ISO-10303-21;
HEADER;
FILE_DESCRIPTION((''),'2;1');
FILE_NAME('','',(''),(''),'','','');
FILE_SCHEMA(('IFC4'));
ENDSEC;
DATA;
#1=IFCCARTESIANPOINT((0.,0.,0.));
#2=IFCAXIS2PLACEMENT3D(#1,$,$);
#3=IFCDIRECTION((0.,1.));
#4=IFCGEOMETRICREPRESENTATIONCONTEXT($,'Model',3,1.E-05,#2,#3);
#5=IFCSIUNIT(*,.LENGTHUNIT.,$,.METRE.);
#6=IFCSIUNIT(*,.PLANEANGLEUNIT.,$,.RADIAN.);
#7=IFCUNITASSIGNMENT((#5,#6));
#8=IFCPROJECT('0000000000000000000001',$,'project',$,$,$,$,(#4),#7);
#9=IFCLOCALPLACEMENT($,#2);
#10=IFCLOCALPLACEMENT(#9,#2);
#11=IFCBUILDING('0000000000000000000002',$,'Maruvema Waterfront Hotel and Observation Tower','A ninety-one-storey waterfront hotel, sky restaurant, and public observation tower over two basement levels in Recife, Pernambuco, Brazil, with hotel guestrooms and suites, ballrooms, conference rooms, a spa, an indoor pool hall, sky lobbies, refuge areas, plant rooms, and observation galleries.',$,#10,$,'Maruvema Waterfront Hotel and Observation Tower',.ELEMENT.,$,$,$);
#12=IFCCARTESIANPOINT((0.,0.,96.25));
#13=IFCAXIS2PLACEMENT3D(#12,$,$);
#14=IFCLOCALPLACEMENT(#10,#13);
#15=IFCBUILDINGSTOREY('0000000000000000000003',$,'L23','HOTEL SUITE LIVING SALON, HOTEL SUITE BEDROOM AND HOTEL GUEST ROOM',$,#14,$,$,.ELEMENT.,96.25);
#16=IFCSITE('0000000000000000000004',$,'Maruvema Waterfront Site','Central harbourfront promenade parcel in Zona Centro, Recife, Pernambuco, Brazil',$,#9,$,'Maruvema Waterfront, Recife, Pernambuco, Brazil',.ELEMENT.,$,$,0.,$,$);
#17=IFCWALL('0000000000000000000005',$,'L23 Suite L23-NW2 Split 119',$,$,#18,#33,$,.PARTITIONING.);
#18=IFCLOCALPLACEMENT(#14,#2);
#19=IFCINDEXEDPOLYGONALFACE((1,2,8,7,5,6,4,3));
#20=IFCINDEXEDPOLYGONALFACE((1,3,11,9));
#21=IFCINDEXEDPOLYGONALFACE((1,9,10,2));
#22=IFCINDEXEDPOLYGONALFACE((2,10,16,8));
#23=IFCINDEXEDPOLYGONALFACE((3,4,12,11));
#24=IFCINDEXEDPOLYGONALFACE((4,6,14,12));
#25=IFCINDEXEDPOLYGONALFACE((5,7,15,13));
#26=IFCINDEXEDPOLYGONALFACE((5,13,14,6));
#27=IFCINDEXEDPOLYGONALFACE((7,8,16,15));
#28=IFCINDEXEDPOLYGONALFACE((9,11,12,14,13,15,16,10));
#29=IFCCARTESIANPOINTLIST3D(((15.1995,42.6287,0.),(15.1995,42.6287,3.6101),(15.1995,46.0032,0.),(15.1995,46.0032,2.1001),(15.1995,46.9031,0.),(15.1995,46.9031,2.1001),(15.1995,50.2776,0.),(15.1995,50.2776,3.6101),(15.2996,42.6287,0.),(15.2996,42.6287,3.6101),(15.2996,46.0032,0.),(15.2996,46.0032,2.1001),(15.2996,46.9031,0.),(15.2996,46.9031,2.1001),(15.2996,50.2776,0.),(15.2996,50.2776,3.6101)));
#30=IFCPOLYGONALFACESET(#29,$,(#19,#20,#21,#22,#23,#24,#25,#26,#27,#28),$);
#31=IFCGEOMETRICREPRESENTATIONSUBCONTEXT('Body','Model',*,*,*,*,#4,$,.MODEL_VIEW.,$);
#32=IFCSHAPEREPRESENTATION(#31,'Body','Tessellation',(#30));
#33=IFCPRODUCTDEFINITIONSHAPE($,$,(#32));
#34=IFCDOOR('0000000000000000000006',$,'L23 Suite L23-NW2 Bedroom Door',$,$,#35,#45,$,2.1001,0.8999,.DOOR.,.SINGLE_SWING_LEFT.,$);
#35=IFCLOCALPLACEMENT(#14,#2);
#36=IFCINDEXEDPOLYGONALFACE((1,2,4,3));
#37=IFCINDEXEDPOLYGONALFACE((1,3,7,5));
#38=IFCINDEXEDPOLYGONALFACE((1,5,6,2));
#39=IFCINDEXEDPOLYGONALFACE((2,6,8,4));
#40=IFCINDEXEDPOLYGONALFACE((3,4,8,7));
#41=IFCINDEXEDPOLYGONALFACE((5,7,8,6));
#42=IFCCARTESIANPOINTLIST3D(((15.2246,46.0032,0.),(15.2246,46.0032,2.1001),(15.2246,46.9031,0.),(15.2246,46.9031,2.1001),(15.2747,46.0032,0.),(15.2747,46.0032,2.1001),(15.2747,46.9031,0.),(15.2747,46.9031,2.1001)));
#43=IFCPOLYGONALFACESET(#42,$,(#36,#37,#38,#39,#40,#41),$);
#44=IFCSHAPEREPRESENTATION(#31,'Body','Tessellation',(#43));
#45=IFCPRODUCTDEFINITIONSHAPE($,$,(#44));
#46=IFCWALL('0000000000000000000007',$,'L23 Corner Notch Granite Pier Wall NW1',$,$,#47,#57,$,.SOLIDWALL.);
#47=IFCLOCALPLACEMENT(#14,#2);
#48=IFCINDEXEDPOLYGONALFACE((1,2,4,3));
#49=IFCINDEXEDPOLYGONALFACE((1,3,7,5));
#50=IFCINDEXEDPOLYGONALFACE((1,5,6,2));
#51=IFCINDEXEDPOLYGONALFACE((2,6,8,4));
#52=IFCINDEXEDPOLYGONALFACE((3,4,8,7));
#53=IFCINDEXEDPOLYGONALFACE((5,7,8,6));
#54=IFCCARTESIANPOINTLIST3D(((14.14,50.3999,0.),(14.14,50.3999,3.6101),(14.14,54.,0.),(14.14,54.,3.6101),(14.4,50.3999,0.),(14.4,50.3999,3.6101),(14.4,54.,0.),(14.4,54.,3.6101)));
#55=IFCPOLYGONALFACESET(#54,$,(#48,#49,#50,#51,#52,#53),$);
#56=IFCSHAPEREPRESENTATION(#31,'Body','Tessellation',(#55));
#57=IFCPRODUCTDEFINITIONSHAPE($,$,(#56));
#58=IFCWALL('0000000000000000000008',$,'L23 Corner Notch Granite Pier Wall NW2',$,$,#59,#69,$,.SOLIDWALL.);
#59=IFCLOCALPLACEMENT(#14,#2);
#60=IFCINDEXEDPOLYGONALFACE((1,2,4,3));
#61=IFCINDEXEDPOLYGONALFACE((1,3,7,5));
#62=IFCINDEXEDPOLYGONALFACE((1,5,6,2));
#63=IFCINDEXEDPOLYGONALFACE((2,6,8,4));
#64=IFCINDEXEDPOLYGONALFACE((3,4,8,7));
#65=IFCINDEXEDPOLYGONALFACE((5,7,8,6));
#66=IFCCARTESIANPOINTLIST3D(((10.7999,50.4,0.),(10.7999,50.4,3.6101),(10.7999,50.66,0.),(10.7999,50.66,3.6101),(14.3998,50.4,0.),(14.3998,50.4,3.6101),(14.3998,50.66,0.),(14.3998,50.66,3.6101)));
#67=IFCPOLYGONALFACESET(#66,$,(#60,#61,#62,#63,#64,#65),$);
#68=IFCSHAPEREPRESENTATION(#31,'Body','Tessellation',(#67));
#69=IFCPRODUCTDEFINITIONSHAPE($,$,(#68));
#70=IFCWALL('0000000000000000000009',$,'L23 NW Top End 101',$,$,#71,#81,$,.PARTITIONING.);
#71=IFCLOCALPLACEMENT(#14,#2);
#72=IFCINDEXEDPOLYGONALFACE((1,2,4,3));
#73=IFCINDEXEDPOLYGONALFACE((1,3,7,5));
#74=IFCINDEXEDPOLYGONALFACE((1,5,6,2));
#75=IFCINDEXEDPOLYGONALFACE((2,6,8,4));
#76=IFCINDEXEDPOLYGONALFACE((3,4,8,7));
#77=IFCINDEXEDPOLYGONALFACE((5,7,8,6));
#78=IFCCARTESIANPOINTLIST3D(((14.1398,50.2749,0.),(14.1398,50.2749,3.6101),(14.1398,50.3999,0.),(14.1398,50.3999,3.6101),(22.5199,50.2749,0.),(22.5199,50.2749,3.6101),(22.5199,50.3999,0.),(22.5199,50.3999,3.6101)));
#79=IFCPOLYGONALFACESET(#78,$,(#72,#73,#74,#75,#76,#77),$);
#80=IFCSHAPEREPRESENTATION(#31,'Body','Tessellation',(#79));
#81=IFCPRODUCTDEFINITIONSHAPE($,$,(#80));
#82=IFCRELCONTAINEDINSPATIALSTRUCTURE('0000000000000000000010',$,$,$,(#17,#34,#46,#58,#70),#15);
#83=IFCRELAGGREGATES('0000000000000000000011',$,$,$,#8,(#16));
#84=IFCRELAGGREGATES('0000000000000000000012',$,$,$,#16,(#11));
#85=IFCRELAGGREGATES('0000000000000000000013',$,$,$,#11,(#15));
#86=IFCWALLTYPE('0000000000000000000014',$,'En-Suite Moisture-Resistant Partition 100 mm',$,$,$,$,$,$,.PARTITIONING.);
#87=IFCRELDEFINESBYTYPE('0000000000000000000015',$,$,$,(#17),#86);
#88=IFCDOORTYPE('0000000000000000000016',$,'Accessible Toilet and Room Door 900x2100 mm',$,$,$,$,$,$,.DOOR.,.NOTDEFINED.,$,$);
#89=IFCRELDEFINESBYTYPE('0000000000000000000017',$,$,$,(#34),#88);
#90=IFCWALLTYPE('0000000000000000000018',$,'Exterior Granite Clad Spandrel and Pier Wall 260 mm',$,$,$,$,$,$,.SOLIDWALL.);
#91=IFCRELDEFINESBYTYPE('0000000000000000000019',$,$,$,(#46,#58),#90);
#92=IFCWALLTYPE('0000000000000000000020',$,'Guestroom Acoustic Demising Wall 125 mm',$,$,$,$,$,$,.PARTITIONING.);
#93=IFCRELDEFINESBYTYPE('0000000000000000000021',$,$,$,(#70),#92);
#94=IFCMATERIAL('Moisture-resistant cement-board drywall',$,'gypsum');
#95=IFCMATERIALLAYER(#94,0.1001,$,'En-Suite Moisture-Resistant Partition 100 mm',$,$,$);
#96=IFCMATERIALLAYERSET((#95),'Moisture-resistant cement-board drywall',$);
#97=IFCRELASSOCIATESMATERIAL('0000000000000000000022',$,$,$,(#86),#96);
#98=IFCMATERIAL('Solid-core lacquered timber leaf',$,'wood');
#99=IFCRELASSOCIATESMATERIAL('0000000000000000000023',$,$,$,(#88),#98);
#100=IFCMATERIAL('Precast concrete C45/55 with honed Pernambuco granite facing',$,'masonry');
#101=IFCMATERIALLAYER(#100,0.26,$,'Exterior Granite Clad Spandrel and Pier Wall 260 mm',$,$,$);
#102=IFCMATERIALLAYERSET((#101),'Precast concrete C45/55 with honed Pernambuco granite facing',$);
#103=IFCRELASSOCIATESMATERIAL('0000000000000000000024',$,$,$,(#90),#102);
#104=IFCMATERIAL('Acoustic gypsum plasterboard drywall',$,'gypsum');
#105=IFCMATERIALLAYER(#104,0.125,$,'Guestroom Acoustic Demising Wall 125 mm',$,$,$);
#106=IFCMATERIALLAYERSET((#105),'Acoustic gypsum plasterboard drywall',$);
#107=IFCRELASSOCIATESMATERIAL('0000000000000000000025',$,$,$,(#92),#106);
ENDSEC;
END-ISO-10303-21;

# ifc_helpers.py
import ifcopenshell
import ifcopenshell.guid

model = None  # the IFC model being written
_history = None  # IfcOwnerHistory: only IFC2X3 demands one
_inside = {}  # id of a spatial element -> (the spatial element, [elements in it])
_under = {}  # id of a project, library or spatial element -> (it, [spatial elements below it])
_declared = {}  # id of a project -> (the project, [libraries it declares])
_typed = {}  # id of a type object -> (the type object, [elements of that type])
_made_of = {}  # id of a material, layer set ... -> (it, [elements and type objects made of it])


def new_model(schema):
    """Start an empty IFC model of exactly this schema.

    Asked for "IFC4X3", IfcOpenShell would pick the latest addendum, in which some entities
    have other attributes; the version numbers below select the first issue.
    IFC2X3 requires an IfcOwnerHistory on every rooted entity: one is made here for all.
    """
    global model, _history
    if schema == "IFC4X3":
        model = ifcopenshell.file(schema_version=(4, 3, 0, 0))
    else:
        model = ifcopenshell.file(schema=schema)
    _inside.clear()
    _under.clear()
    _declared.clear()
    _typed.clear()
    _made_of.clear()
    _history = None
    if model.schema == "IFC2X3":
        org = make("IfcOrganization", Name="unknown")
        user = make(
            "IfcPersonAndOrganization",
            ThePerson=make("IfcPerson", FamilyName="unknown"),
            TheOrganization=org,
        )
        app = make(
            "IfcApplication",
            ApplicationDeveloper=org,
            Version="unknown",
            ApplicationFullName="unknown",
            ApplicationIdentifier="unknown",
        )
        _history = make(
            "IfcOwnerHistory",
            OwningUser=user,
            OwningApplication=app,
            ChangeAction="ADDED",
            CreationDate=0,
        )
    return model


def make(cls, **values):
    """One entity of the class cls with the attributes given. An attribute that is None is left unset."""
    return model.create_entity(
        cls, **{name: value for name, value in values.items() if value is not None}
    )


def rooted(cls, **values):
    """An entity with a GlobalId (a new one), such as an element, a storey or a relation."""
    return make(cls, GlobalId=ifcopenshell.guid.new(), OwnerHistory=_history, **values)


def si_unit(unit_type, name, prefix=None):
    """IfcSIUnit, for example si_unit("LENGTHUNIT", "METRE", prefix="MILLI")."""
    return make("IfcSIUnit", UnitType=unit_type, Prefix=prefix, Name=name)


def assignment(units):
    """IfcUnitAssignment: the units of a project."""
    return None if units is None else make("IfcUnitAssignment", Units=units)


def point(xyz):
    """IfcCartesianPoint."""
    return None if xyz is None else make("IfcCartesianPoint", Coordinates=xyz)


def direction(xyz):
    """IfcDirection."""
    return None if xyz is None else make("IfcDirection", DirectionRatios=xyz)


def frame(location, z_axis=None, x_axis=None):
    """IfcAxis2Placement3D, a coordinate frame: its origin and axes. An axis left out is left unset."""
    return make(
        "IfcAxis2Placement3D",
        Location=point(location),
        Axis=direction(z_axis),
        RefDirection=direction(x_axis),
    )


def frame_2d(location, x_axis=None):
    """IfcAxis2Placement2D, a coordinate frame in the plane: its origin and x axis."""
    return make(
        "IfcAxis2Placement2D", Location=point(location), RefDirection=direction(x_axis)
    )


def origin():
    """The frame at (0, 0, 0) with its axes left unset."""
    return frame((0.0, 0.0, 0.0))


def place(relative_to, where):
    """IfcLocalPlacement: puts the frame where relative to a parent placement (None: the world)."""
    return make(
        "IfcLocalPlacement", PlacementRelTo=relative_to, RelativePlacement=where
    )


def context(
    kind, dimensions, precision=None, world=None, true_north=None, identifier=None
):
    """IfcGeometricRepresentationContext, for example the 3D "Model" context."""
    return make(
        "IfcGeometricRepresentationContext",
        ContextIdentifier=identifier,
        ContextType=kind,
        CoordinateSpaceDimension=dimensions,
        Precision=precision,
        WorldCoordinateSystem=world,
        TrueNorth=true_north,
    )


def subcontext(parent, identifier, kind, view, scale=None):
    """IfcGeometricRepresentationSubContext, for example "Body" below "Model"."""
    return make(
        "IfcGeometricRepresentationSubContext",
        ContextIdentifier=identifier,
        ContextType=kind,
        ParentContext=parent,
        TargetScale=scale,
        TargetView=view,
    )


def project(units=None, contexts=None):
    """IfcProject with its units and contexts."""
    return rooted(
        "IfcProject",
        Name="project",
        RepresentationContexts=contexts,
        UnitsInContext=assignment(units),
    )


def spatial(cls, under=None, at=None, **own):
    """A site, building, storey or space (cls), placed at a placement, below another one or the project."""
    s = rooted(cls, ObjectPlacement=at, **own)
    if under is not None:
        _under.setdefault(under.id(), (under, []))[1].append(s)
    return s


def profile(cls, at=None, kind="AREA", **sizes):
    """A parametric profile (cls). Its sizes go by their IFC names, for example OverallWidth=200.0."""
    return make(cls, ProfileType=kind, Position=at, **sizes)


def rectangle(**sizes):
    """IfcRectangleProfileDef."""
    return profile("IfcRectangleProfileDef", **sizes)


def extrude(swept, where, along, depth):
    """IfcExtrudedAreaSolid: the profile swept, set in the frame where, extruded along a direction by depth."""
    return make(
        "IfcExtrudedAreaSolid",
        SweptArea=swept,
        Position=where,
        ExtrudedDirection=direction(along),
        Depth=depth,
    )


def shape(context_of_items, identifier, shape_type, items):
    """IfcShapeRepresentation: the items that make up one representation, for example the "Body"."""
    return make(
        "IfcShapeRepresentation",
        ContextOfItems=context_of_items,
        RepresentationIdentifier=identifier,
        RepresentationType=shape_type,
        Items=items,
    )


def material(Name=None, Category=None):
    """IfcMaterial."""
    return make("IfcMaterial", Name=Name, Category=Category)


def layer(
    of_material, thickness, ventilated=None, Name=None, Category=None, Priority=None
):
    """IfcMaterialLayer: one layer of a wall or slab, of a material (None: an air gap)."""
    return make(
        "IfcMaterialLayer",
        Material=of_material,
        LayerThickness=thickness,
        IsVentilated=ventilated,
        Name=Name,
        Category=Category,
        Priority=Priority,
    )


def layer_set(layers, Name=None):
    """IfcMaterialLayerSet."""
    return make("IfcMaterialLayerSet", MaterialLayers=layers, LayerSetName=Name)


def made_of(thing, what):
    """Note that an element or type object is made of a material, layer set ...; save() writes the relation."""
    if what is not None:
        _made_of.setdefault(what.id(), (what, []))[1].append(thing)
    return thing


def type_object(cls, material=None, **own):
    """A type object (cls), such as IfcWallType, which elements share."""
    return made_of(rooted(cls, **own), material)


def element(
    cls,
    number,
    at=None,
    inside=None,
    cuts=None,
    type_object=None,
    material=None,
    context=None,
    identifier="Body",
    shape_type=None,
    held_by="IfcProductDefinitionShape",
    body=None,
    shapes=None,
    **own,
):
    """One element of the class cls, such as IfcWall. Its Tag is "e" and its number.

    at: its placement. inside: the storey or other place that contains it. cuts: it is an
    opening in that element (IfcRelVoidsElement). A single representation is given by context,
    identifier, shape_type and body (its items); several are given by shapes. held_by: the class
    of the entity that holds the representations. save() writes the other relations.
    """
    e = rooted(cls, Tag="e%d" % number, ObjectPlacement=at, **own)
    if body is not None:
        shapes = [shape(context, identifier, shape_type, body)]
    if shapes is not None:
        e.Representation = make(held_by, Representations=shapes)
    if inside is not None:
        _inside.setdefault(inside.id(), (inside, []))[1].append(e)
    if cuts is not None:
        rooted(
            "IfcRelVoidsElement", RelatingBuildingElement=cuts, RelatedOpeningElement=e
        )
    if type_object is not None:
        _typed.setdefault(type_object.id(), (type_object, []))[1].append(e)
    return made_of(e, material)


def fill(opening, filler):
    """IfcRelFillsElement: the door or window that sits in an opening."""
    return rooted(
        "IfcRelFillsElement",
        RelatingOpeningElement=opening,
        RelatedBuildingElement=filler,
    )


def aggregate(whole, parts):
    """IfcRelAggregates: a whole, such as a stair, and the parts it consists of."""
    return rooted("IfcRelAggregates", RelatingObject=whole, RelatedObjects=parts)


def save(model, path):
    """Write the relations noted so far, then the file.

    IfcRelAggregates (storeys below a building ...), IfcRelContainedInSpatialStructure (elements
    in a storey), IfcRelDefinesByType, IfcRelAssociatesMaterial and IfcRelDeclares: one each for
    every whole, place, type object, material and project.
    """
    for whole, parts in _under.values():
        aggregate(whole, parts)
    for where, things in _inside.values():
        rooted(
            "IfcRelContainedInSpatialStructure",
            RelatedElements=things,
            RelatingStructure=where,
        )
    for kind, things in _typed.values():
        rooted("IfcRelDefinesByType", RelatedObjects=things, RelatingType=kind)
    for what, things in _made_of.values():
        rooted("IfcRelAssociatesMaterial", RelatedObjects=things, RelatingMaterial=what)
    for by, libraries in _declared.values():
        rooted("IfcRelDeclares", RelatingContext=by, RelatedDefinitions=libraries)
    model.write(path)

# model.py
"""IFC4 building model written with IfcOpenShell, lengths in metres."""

from ifc_helpers import new_model, si_unit, direction, frame, frame_2d, origin, place, context, subcontext, project, spatial, rectangle, extrude, material, layer, layer_set, type_object, element, fill, save


model = new_model("IFC4")

# Units and contexts
model_context = context("Model", 3, precision=1e-05, world=origin(), true_north=direction((0.0, 1.0)))
body_context = subcontext(model_context, "Body", "Model", "MODEL_VIEW")
ifc_project = project(units=[si_unit("LENGTHUNIT", "METRE"), si_unit("PLANEANGLEUNIT", "RADIAN")], contexts=[model_context])

# Site, building, storey
site_placement = place(None, origin())
site = spatial("IfcSite", under=ifc_project, at=site_placement, Name="Maruvema Waterfront Site", Description="Central harbourfront promenade parcel in Zona Centro, Recife, Pernambuco, Brazil", LongName="Maruvema Waterfront, Recife, Pernambuco, Brazil", CompositionType="ELEMENT", RefElevation=0.0)
building_placement = place(site_placement, origin())
building = spatial("IfcBuilding", under=site, at=building_placement, Name="Maruvema Waterfront Hotel and Observation Tower", Description="A ninety-one-storey waterfront hotel, sky restaurant, and public observation tower over two basement levels in Recife, Pernambuco, Brazil, with hotel guestrooms and suites, ballrooms, conference rooms, a spa, an indoor pool hall, sky lobbies, refuge areas, plant rooms, and observation galleries.", LongName="Maruvema Waterfront Hotel and Observation Tower", CompositionType="ELEMENT")
storey_placement = place(building_placement, frame((0.0, 0.0, 96.25)))
storey = spatial("IfcBuildingStorey", under=building, at=storey_placement, Name="L23", Description="HOTEL SUITE LIVING SALON, HOTEL SUITE BEDROOM AND HOTEL GUEST ROOM", CompositionType="ELEMENT", Elevation=96.25)

# Shared definitions
ifc_material_1 = material(Name="Moisture-resistant cement-board drywall", Category="gypsum")
ifc_layer_1 = layer(ifc_material_1, 0.1001, Name="En-Suite Moisture-Resistant Partition 100 mm")
ifc_layer_set_1 = layer_set([ifc_layer_1], Name="Moisture-resistant cement-board drywall")
wall_type_1 = type_object("IfcWallType", Name="En-Suite Moisture-Resistant Partition 100 mm", PredefinedType="PARTITIONING", material=ifc_layer_set_1)

# Wall, opening, door
wall_1_placement = place(storey_placement, frame((15.2495, 42.6287, 0.0), z_axis=(0.0, 0.0, 1.0), x_axis=(0.0, 1.0, 0.0)))
wall_1 = element("IfcWall", 1, at=wall_1_placement, inside=storey, type_object=wall_type_1, Name="L23 Suite L23-NW2 Split 119", PredefinedType="PARTITIONING", context=body_context, shape_type="SweptSolid", body=[
    extrude(rectangle(XDim=7.6489, YDim=0.1001, at=frame_2d((3.8245, 0.0))), origin(), (0.0, 0.0, 1.0), 3.6101),
])
opening_1_placement = place(wall_1_placement, frame((3.3745, 0.0, 0.0)))
opening_1 = element("IfcOpeningElement", 2, at=opening_1_placement, cuts=wall_1, PredefinedType="OPENING", context=body_context, shape_type="SweptSolid", body=[
    extrude(rectangle(XDim=0.8999, YDim=2.1001, at=frame_2d((0.45, 1.05))), frame((0.0, 0.0601, 0.0), z_axis=(0.0, -1.0, 0.0), x_axis=(1.0, 0.0, 0.0)), (0.0, 0.0, 1.0), 0.1201),
])
ifc_material_2 = material(Name="Solid-core lacquered timber leaf", Category="wood")
door_type_1 = type_object("IfcDoorType", Name="Accessible Toilet and Room Door 900x2100 mm", OperationType="NOTDEFINED", PredefinedType="DOOR", material=ifc_material_2)
door_1_placement = place(opening_1_placement, origin())
door_1 = element("IfcDoor", 3, at=door_1_placement, inside=storey, type_object=door_type_1, Name="L23 Suite L23-NW2 Bedroom Door", OperationType="SINGLE_SWING_LEFT", OverallHeight=2.1001, OverallWidth=0.8999, PredefinedType="DOOR", context=body_context, shape_type="SweptSolid", body=[
    extrude(rectangle(XDim=0.8999, YDim=2.1001, at=frame_2d((0.45, 1.05))), frame((0.0, 0.0249, 0.0), z_axis=(0.0, -1.0, 0.0), x_axis=(1.0, 0.0, 0.0)), (0.0, 0.0, 1.0), 0.05),
])
fill(opening_1, door_1)

# Walls
ifc_material_3 = material(Name="Precast concrete C45/55 with honed Pernambuco granite facing", Category="masonry")
ifc_layer_2 = layer(ifc_material_3, 0.26, Name="Exterior Granite Clad Spandrel and Pier Wall 260 mm")
ifc_layer_set_2 = layer_set([ifc_layer_2], Name="Precast concrete C45/55 with honed Pernambuco granite facing")
wall_type_2 = type_object("IfcWallType", Name="Exterior Granite Clad Spandrel and Pier Wall 260 mm", PredefinedType="SOLIDWALL", material=ifc_layer_set_2)
wall_2_placement = place(storey_placement, frame((14.27, 50.3999, 0.0), z_axis=(0.0, 0.0, 1.0), x_axis=(0.0, 1.0, 0.0)))
element("IfcWall", 4, at=wall_2_placement, inside=storey, type_object=wall_type_2, Name="L23 Corner Notch Granite Pier Wall NW1", PredefinedType="SOLIDWALL", context=body_context, shape_type="SweptSolid", body=[
    extrude(rectangle(XDim=3.6001, YDim=0.26, at=frame_2d((1.8, 0.0))), origin(), (0.0, 0.0, 1.0), 3.6101),
])
wall_3_placement = place(storey_placement, frame((10.8, 50.53, 0.0), z_axis=(0.0, 0.0, 1.0), x_axis=(1.0, 0.0, 0.0)))
element("IfcWall", 5, at=wall_3_placement, inside=storey, type_object=wall_type_2, Name="L23 Corner Notch Granite Pier Wall NW2", PredefinedType="SOLIDWALL", context=body_context, shape_type="SweptSolid", body=[
    extrude(rectangle(XDim=3.5999, YDim=0.26, at=frame_2d((1.7998, 0.0))), origin(), (0.0, 0.0, 1.0), 3.6101),
])
ifc_material_4 = material(Name="Acoustic gypsum plasterboard drywall", Category="gypsum")
ifc_layer_3 = layer(ifc_material_4, 0.125, Name="Guestroom Acoustic Demising Wall 125 mm")
ifc_layer_set_3 = layer_set([ifc_layer_3], Name="Acoustic gypsum plasterboard drywall")
wall_type_3 = type_object("IfcWallType", Name="Guestroom Acoustic Demising Wall 125 mm", PredefinedType="PARTITIONING", material=ifc_layer_set_3)
wall_4_placement = place(storey_placement, frame((14.1399, 50.3374, 0.0), z_axis=(0.0, 0.0, 1.0), x_axis=(1.0, 0.0, 0.0)))
element("IfcWall", 6, at=wall_4_placement, inside=storey, type_object=wall_type_3, Name="L23 NW Top End 101", PredefinedType="PARTITIONING", context=body_context, shape_type="SweptSolid", body=[
    extrude(rectangle(XDim=8.3801, YDim=0.125, at=frame_2d((4.1899, 0.0))), origin(), (0.0, 0.0, 1.0), 3.6101),
])

save(model, "model.ifc")
